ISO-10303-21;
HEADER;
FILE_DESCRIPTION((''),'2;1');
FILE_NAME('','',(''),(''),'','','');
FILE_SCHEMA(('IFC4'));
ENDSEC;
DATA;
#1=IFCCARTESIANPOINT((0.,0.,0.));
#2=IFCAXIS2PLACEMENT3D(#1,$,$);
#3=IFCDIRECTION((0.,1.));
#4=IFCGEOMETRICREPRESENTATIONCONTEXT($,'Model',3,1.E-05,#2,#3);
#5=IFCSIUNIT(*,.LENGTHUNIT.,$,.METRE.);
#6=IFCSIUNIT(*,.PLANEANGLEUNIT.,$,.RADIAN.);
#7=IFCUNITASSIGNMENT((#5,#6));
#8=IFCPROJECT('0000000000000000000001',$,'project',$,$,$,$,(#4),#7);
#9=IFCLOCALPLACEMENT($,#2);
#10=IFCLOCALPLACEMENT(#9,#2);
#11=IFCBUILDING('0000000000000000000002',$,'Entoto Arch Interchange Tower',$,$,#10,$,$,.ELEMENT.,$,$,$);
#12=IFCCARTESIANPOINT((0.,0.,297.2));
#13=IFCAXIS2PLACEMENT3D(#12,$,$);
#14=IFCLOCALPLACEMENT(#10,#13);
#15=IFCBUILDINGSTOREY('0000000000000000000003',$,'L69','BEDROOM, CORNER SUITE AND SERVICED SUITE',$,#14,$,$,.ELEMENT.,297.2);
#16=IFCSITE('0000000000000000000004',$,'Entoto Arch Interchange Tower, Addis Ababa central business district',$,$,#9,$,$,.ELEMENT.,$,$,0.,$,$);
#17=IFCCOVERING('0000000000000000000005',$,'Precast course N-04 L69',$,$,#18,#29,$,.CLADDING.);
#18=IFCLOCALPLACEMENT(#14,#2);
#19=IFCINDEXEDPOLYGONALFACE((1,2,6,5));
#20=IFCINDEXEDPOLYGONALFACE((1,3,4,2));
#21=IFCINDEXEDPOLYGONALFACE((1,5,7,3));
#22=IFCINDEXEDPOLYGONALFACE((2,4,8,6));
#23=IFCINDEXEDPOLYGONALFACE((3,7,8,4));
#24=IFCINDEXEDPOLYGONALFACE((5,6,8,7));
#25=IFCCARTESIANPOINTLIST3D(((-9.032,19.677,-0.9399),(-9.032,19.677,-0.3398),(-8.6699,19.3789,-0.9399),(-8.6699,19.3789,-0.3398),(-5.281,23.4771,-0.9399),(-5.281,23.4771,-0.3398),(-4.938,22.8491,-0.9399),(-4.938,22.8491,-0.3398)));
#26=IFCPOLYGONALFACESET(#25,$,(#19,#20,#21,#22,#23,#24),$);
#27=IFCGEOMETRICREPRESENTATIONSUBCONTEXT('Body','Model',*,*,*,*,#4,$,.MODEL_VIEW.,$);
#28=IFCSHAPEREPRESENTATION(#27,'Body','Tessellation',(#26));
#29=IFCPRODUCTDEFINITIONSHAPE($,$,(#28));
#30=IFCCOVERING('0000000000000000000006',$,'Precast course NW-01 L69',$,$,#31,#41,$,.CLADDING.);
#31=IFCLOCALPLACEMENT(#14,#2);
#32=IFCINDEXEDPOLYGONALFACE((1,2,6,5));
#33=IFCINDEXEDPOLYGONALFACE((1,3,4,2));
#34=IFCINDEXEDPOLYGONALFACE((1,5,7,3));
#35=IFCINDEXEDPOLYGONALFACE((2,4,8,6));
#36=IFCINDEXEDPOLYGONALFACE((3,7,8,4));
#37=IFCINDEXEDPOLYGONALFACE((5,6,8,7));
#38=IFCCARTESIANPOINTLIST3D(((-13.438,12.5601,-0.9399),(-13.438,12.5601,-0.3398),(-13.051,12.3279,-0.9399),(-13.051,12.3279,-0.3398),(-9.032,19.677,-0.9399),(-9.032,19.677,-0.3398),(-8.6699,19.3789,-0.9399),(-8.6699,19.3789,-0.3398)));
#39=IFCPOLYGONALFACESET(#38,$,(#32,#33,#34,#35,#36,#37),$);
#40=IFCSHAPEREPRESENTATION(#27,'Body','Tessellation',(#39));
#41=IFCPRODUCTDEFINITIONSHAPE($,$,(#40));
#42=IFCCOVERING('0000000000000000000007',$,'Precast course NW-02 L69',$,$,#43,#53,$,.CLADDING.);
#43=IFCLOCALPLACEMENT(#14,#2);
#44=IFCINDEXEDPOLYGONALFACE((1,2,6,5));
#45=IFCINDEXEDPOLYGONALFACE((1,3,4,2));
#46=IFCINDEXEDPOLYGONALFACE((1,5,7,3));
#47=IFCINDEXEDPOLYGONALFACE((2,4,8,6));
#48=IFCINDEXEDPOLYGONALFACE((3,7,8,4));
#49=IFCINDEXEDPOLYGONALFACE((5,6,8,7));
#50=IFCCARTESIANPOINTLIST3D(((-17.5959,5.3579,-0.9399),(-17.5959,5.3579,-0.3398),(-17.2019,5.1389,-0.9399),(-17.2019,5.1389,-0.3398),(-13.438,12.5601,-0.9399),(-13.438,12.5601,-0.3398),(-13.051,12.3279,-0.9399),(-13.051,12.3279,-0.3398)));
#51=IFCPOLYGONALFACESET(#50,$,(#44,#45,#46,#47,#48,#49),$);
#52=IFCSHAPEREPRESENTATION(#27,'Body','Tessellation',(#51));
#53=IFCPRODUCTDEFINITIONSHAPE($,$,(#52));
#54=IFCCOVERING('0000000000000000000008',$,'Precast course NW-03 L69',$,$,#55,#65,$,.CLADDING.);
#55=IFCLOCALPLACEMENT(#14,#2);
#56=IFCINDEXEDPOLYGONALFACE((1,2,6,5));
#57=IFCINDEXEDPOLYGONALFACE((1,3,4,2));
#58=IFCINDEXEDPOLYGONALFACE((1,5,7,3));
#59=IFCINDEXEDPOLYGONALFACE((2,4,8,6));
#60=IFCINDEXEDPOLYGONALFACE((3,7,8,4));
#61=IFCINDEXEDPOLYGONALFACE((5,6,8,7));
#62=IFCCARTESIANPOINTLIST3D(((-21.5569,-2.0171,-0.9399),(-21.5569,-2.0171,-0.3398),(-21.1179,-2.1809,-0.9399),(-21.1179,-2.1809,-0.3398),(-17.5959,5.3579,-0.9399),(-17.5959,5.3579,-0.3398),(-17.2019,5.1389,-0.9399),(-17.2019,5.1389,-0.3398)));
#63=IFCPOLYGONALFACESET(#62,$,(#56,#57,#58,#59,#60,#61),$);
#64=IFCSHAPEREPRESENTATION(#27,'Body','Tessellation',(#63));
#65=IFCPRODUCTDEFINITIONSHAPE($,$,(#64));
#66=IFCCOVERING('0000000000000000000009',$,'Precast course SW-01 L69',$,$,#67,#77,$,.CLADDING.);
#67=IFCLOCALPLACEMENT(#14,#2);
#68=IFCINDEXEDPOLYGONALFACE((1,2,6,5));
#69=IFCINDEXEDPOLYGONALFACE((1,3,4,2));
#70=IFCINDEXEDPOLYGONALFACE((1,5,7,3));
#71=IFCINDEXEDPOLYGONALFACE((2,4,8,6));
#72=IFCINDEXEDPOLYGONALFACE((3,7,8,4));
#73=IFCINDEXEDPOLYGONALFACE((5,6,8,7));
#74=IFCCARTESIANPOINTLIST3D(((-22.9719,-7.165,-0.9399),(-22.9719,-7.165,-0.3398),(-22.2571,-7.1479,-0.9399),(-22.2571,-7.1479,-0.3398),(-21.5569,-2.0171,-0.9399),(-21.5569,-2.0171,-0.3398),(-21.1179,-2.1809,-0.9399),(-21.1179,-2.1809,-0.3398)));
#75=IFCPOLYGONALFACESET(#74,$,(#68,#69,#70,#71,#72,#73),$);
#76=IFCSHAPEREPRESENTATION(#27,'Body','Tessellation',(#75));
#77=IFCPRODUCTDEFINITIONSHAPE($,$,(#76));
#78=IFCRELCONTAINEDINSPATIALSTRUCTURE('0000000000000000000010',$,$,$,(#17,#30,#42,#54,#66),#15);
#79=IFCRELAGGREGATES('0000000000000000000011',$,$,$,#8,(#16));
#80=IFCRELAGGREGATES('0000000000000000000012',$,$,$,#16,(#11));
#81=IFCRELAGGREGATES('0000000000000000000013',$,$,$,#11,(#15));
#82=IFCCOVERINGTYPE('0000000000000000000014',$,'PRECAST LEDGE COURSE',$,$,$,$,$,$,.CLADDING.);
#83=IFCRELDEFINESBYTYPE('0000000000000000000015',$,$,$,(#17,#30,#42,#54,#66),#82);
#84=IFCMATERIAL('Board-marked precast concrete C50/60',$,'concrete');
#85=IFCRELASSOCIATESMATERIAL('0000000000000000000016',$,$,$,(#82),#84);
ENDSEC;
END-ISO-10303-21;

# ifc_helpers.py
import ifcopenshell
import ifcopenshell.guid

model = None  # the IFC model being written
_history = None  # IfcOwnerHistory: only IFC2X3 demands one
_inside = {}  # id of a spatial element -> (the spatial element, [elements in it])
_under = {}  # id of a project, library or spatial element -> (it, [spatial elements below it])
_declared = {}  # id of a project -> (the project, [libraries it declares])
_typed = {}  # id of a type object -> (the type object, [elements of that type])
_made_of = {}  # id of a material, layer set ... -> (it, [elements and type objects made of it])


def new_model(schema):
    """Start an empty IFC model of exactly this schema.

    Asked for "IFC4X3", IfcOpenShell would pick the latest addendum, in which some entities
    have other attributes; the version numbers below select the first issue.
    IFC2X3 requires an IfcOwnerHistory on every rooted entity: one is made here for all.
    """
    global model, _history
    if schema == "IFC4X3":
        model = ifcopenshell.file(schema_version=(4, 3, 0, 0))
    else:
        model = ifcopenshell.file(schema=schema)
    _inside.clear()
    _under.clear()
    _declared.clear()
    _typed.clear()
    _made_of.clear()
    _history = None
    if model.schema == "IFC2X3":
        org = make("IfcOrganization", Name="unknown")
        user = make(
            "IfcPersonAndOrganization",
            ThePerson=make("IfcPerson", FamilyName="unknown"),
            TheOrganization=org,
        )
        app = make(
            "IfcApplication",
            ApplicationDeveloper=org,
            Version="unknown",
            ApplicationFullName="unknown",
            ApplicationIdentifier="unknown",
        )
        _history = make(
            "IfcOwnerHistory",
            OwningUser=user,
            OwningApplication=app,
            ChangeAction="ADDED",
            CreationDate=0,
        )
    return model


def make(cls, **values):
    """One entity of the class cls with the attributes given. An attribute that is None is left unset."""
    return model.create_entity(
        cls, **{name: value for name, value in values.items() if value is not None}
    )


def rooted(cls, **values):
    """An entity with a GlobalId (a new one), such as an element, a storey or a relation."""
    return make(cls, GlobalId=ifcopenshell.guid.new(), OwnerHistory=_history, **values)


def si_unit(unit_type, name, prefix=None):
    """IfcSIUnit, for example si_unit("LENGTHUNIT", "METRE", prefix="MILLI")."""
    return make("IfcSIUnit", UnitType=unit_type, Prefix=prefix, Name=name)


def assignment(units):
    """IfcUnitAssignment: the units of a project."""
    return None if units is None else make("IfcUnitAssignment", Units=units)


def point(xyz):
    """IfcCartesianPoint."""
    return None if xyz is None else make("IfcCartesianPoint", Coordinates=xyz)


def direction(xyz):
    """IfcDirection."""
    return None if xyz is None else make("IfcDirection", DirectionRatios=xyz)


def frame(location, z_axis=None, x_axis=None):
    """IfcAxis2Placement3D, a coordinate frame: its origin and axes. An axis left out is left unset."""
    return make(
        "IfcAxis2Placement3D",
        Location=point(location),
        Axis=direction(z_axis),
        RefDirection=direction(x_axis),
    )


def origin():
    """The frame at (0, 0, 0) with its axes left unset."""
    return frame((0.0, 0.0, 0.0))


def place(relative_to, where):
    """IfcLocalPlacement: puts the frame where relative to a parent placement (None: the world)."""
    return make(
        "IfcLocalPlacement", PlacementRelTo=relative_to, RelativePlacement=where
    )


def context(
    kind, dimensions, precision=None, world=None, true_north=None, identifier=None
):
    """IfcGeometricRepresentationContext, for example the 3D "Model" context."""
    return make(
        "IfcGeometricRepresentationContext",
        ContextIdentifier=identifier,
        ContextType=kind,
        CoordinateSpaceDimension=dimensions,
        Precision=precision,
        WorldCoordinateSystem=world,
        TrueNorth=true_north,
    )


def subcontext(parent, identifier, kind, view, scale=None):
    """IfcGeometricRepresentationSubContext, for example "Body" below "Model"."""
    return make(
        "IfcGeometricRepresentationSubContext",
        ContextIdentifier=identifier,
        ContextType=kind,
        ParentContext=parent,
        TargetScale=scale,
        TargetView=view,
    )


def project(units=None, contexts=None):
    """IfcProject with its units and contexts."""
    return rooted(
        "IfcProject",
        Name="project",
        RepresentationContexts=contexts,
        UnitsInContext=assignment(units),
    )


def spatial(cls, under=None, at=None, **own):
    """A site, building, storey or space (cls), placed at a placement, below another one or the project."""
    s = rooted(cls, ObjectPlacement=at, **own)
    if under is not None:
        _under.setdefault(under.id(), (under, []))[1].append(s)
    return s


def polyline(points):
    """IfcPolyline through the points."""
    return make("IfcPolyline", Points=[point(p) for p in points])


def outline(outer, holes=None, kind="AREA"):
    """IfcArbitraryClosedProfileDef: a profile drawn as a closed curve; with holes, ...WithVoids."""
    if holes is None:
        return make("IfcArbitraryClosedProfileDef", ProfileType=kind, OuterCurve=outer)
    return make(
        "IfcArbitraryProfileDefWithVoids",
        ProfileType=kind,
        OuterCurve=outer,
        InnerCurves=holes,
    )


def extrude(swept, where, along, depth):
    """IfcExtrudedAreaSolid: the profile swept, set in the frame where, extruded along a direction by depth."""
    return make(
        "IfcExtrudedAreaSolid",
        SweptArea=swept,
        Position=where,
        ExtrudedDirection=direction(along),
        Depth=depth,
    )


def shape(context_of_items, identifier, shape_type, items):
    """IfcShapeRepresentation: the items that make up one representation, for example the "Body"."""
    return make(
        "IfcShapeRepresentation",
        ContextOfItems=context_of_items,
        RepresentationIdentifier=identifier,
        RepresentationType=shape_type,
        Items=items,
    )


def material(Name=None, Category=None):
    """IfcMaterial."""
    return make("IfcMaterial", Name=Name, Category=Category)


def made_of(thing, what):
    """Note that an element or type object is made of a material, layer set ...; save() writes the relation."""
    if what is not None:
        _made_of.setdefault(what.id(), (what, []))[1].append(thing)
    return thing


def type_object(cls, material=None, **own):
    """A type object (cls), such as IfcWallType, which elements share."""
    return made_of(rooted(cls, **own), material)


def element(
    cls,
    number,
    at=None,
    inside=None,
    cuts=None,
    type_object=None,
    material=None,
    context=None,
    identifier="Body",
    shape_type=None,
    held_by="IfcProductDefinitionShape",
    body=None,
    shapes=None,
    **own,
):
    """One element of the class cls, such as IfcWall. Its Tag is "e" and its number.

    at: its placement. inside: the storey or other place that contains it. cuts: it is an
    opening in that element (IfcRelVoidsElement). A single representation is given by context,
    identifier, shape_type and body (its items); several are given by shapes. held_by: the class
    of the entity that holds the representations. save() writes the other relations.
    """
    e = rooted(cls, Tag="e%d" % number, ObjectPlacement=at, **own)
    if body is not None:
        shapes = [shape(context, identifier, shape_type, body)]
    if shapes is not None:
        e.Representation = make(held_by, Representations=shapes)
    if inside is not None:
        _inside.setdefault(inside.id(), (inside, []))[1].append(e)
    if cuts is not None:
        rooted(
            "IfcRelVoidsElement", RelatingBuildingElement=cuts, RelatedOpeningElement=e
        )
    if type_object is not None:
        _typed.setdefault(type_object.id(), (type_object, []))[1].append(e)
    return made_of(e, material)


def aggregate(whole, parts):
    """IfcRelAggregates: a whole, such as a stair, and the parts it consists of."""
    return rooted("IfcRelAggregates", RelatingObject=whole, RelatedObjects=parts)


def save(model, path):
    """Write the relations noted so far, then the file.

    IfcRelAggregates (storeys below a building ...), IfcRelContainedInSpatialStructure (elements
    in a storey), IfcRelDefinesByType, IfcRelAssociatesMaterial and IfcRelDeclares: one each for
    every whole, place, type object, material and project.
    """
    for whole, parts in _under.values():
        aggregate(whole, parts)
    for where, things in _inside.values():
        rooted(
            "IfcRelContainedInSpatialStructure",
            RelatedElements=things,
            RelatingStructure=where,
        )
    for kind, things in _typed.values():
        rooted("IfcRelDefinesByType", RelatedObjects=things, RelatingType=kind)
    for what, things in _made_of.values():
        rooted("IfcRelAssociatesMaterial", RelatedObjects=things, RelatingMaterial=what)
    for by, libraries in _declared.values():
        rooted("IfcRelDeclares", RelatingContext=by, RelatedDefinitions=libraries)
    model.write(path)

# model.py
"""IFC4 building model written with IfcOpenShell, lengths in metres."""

from ifc_helpers import new_model, si_unit, direction, frame, origin, place, context, subcontext, project, spatial, polyline, outline, extrude, material, type_object, element, save


model = new_model("IFC4")

# Units and contexts
model_context = context("Model", 3, precision=1e-05, world=origin(), true_north=direction((0.0, 1.0)))
body_context = subcontext(model_context, "Body", "Model", "MODEL_VIEW")
ifc_project = project(units=[si_unit("LENGTHUNIT", "METRE"), si_unit("PLANEANGLEUNIT", "RADIAN")], contexts=[model_context])

# Site, building, storey
site_placement = place(None, origin())
site = spatial("IfcSite", under=ifc_project, at=site_placement, Name="Entoto Arch Interchange Tower, Addis Ababa central business district", CompositionType="ELEMENT", RefElevation=0.0)
building_placement = place(site_placement, origin())
building = spatial("IfcBuilding", under=site, at=building_placement, Name="Entoto Arch Interchange Tower", CompositionType="ELEMENT")
storey_placement = place(building_placement, frame((0.0, 0.0, 297.2)))
storey = spatial("IfcBuildingStorey", under=building, at=storey_placement, Name="L69", Description="BEDROOM, CORNER SUITE AND SERVICED SUITE", CompositionType="ELEMENT", Elevation=297.2)

# Coverings
ifc_material_1 = material(Name="Board-marked precast concrete C50/60", Category="concrete")
covering_type = type_object("IfcCoveringType", Name="PRECAST LEDGE COURSE", PredefinedType="CLADDING", material=ifc_material_1)
covering_1_placement = place(storey_placement, frame((0.0, 0.0, -0.9399)))
element("IfcCovering", 1, at=covering_1_placement, inside=storey, type_object=covering_type, Name="Precast course N-04 L69", PredefinedType="CLADDING", context=body_context, shape_type="SweptSolid", body=[
    extrude(outline(polyline([(-8.6699, 19.3789), (-9.032, 19.677), (-5.281, 23.4771), (-4.938, 22.8491), (-8.6699, 19.3789)])), origin(), (0.0, 0.0, 1.0), 0.6001),
])
covering_2_placement = place(storey_placement, frame((0.0, 0.0, -0.9399)))
element("IfcCovering", 2, at=covering_2_placement, inside=storey, type_object=covering_type, Name="Precast course NW-01 L69", PredefinedType="CLADDING", context=body_context, shape_type="SweptSolid", body=[
    extrude(outline(polyline([(-13.051, 12.3279), (-13.438, 12.5601), (-9.032, 19.677), (-8.6699, 19.3789), (-13.051, 12.3279)])), origin(), (0.0, 0.0, 1.0), 0.6001),
])
covering_3_placement = place(storey_placement, frame((0.0, 0.0, -0.9399)))
element("IfcCovering", 3, at=covering_3_placement, inside=storey, type_object=covering_type, Name="Precast course NW-02 L69", PredefinedType="CLADDING", context=body_context, shape_type="SweptSolid", body=[
    extrude(outline(polyline([(-17.2019, 5.1389), (-17.5959, 5.3579), (-13.438, 12.5601), (-13.051, 12.3279), (-17.2019, 5.1389)])), origin(), (0.0, 0.0, 1.0), 0.6001),
])
covering_4_placement = place(storey_placement, frame((0.0, 0.0, -0.9399)))
element("IfcCovering", 4, at=covering_4_placement, inside=storey, type_object=covering_type, Name="Precast course NW-03 L69", PredefinedType="CLADDING", context=body_context, shape_type="SweptSolid", body=[
    extrude(outline(polyline([(-21.1179, -2.1809), (-21.5569, -2.0171), (-17.5959, 5.3579), (-17.2019, 5.1389), (-21.1179, -2.1809)])), origin(), (0.0, 0.0, 1.0), 0.6001),
])
covering_5_placement = place(storey_placement, frame((0.0, 0.0, -0.9399)))
element("IfcCovering", 5, at=covering_5_placement, inside=storey, type_object=covering_type, Name="Precast course SW-01 L69", PredefinedType="CLADDING", context=body_context, shape_type="SweptSolid", body=[
    extrude(outline(polyline([(-22.2571, -7.1479), (-22.9719, -7.165), (-21.5569, -2.0171), (-21.1179, -2.1809), (-22.2571, -7.1479)])), origin(), (0.0, 0.0, 1.0), 0.6001),
])

save(model, "model.ifc")
